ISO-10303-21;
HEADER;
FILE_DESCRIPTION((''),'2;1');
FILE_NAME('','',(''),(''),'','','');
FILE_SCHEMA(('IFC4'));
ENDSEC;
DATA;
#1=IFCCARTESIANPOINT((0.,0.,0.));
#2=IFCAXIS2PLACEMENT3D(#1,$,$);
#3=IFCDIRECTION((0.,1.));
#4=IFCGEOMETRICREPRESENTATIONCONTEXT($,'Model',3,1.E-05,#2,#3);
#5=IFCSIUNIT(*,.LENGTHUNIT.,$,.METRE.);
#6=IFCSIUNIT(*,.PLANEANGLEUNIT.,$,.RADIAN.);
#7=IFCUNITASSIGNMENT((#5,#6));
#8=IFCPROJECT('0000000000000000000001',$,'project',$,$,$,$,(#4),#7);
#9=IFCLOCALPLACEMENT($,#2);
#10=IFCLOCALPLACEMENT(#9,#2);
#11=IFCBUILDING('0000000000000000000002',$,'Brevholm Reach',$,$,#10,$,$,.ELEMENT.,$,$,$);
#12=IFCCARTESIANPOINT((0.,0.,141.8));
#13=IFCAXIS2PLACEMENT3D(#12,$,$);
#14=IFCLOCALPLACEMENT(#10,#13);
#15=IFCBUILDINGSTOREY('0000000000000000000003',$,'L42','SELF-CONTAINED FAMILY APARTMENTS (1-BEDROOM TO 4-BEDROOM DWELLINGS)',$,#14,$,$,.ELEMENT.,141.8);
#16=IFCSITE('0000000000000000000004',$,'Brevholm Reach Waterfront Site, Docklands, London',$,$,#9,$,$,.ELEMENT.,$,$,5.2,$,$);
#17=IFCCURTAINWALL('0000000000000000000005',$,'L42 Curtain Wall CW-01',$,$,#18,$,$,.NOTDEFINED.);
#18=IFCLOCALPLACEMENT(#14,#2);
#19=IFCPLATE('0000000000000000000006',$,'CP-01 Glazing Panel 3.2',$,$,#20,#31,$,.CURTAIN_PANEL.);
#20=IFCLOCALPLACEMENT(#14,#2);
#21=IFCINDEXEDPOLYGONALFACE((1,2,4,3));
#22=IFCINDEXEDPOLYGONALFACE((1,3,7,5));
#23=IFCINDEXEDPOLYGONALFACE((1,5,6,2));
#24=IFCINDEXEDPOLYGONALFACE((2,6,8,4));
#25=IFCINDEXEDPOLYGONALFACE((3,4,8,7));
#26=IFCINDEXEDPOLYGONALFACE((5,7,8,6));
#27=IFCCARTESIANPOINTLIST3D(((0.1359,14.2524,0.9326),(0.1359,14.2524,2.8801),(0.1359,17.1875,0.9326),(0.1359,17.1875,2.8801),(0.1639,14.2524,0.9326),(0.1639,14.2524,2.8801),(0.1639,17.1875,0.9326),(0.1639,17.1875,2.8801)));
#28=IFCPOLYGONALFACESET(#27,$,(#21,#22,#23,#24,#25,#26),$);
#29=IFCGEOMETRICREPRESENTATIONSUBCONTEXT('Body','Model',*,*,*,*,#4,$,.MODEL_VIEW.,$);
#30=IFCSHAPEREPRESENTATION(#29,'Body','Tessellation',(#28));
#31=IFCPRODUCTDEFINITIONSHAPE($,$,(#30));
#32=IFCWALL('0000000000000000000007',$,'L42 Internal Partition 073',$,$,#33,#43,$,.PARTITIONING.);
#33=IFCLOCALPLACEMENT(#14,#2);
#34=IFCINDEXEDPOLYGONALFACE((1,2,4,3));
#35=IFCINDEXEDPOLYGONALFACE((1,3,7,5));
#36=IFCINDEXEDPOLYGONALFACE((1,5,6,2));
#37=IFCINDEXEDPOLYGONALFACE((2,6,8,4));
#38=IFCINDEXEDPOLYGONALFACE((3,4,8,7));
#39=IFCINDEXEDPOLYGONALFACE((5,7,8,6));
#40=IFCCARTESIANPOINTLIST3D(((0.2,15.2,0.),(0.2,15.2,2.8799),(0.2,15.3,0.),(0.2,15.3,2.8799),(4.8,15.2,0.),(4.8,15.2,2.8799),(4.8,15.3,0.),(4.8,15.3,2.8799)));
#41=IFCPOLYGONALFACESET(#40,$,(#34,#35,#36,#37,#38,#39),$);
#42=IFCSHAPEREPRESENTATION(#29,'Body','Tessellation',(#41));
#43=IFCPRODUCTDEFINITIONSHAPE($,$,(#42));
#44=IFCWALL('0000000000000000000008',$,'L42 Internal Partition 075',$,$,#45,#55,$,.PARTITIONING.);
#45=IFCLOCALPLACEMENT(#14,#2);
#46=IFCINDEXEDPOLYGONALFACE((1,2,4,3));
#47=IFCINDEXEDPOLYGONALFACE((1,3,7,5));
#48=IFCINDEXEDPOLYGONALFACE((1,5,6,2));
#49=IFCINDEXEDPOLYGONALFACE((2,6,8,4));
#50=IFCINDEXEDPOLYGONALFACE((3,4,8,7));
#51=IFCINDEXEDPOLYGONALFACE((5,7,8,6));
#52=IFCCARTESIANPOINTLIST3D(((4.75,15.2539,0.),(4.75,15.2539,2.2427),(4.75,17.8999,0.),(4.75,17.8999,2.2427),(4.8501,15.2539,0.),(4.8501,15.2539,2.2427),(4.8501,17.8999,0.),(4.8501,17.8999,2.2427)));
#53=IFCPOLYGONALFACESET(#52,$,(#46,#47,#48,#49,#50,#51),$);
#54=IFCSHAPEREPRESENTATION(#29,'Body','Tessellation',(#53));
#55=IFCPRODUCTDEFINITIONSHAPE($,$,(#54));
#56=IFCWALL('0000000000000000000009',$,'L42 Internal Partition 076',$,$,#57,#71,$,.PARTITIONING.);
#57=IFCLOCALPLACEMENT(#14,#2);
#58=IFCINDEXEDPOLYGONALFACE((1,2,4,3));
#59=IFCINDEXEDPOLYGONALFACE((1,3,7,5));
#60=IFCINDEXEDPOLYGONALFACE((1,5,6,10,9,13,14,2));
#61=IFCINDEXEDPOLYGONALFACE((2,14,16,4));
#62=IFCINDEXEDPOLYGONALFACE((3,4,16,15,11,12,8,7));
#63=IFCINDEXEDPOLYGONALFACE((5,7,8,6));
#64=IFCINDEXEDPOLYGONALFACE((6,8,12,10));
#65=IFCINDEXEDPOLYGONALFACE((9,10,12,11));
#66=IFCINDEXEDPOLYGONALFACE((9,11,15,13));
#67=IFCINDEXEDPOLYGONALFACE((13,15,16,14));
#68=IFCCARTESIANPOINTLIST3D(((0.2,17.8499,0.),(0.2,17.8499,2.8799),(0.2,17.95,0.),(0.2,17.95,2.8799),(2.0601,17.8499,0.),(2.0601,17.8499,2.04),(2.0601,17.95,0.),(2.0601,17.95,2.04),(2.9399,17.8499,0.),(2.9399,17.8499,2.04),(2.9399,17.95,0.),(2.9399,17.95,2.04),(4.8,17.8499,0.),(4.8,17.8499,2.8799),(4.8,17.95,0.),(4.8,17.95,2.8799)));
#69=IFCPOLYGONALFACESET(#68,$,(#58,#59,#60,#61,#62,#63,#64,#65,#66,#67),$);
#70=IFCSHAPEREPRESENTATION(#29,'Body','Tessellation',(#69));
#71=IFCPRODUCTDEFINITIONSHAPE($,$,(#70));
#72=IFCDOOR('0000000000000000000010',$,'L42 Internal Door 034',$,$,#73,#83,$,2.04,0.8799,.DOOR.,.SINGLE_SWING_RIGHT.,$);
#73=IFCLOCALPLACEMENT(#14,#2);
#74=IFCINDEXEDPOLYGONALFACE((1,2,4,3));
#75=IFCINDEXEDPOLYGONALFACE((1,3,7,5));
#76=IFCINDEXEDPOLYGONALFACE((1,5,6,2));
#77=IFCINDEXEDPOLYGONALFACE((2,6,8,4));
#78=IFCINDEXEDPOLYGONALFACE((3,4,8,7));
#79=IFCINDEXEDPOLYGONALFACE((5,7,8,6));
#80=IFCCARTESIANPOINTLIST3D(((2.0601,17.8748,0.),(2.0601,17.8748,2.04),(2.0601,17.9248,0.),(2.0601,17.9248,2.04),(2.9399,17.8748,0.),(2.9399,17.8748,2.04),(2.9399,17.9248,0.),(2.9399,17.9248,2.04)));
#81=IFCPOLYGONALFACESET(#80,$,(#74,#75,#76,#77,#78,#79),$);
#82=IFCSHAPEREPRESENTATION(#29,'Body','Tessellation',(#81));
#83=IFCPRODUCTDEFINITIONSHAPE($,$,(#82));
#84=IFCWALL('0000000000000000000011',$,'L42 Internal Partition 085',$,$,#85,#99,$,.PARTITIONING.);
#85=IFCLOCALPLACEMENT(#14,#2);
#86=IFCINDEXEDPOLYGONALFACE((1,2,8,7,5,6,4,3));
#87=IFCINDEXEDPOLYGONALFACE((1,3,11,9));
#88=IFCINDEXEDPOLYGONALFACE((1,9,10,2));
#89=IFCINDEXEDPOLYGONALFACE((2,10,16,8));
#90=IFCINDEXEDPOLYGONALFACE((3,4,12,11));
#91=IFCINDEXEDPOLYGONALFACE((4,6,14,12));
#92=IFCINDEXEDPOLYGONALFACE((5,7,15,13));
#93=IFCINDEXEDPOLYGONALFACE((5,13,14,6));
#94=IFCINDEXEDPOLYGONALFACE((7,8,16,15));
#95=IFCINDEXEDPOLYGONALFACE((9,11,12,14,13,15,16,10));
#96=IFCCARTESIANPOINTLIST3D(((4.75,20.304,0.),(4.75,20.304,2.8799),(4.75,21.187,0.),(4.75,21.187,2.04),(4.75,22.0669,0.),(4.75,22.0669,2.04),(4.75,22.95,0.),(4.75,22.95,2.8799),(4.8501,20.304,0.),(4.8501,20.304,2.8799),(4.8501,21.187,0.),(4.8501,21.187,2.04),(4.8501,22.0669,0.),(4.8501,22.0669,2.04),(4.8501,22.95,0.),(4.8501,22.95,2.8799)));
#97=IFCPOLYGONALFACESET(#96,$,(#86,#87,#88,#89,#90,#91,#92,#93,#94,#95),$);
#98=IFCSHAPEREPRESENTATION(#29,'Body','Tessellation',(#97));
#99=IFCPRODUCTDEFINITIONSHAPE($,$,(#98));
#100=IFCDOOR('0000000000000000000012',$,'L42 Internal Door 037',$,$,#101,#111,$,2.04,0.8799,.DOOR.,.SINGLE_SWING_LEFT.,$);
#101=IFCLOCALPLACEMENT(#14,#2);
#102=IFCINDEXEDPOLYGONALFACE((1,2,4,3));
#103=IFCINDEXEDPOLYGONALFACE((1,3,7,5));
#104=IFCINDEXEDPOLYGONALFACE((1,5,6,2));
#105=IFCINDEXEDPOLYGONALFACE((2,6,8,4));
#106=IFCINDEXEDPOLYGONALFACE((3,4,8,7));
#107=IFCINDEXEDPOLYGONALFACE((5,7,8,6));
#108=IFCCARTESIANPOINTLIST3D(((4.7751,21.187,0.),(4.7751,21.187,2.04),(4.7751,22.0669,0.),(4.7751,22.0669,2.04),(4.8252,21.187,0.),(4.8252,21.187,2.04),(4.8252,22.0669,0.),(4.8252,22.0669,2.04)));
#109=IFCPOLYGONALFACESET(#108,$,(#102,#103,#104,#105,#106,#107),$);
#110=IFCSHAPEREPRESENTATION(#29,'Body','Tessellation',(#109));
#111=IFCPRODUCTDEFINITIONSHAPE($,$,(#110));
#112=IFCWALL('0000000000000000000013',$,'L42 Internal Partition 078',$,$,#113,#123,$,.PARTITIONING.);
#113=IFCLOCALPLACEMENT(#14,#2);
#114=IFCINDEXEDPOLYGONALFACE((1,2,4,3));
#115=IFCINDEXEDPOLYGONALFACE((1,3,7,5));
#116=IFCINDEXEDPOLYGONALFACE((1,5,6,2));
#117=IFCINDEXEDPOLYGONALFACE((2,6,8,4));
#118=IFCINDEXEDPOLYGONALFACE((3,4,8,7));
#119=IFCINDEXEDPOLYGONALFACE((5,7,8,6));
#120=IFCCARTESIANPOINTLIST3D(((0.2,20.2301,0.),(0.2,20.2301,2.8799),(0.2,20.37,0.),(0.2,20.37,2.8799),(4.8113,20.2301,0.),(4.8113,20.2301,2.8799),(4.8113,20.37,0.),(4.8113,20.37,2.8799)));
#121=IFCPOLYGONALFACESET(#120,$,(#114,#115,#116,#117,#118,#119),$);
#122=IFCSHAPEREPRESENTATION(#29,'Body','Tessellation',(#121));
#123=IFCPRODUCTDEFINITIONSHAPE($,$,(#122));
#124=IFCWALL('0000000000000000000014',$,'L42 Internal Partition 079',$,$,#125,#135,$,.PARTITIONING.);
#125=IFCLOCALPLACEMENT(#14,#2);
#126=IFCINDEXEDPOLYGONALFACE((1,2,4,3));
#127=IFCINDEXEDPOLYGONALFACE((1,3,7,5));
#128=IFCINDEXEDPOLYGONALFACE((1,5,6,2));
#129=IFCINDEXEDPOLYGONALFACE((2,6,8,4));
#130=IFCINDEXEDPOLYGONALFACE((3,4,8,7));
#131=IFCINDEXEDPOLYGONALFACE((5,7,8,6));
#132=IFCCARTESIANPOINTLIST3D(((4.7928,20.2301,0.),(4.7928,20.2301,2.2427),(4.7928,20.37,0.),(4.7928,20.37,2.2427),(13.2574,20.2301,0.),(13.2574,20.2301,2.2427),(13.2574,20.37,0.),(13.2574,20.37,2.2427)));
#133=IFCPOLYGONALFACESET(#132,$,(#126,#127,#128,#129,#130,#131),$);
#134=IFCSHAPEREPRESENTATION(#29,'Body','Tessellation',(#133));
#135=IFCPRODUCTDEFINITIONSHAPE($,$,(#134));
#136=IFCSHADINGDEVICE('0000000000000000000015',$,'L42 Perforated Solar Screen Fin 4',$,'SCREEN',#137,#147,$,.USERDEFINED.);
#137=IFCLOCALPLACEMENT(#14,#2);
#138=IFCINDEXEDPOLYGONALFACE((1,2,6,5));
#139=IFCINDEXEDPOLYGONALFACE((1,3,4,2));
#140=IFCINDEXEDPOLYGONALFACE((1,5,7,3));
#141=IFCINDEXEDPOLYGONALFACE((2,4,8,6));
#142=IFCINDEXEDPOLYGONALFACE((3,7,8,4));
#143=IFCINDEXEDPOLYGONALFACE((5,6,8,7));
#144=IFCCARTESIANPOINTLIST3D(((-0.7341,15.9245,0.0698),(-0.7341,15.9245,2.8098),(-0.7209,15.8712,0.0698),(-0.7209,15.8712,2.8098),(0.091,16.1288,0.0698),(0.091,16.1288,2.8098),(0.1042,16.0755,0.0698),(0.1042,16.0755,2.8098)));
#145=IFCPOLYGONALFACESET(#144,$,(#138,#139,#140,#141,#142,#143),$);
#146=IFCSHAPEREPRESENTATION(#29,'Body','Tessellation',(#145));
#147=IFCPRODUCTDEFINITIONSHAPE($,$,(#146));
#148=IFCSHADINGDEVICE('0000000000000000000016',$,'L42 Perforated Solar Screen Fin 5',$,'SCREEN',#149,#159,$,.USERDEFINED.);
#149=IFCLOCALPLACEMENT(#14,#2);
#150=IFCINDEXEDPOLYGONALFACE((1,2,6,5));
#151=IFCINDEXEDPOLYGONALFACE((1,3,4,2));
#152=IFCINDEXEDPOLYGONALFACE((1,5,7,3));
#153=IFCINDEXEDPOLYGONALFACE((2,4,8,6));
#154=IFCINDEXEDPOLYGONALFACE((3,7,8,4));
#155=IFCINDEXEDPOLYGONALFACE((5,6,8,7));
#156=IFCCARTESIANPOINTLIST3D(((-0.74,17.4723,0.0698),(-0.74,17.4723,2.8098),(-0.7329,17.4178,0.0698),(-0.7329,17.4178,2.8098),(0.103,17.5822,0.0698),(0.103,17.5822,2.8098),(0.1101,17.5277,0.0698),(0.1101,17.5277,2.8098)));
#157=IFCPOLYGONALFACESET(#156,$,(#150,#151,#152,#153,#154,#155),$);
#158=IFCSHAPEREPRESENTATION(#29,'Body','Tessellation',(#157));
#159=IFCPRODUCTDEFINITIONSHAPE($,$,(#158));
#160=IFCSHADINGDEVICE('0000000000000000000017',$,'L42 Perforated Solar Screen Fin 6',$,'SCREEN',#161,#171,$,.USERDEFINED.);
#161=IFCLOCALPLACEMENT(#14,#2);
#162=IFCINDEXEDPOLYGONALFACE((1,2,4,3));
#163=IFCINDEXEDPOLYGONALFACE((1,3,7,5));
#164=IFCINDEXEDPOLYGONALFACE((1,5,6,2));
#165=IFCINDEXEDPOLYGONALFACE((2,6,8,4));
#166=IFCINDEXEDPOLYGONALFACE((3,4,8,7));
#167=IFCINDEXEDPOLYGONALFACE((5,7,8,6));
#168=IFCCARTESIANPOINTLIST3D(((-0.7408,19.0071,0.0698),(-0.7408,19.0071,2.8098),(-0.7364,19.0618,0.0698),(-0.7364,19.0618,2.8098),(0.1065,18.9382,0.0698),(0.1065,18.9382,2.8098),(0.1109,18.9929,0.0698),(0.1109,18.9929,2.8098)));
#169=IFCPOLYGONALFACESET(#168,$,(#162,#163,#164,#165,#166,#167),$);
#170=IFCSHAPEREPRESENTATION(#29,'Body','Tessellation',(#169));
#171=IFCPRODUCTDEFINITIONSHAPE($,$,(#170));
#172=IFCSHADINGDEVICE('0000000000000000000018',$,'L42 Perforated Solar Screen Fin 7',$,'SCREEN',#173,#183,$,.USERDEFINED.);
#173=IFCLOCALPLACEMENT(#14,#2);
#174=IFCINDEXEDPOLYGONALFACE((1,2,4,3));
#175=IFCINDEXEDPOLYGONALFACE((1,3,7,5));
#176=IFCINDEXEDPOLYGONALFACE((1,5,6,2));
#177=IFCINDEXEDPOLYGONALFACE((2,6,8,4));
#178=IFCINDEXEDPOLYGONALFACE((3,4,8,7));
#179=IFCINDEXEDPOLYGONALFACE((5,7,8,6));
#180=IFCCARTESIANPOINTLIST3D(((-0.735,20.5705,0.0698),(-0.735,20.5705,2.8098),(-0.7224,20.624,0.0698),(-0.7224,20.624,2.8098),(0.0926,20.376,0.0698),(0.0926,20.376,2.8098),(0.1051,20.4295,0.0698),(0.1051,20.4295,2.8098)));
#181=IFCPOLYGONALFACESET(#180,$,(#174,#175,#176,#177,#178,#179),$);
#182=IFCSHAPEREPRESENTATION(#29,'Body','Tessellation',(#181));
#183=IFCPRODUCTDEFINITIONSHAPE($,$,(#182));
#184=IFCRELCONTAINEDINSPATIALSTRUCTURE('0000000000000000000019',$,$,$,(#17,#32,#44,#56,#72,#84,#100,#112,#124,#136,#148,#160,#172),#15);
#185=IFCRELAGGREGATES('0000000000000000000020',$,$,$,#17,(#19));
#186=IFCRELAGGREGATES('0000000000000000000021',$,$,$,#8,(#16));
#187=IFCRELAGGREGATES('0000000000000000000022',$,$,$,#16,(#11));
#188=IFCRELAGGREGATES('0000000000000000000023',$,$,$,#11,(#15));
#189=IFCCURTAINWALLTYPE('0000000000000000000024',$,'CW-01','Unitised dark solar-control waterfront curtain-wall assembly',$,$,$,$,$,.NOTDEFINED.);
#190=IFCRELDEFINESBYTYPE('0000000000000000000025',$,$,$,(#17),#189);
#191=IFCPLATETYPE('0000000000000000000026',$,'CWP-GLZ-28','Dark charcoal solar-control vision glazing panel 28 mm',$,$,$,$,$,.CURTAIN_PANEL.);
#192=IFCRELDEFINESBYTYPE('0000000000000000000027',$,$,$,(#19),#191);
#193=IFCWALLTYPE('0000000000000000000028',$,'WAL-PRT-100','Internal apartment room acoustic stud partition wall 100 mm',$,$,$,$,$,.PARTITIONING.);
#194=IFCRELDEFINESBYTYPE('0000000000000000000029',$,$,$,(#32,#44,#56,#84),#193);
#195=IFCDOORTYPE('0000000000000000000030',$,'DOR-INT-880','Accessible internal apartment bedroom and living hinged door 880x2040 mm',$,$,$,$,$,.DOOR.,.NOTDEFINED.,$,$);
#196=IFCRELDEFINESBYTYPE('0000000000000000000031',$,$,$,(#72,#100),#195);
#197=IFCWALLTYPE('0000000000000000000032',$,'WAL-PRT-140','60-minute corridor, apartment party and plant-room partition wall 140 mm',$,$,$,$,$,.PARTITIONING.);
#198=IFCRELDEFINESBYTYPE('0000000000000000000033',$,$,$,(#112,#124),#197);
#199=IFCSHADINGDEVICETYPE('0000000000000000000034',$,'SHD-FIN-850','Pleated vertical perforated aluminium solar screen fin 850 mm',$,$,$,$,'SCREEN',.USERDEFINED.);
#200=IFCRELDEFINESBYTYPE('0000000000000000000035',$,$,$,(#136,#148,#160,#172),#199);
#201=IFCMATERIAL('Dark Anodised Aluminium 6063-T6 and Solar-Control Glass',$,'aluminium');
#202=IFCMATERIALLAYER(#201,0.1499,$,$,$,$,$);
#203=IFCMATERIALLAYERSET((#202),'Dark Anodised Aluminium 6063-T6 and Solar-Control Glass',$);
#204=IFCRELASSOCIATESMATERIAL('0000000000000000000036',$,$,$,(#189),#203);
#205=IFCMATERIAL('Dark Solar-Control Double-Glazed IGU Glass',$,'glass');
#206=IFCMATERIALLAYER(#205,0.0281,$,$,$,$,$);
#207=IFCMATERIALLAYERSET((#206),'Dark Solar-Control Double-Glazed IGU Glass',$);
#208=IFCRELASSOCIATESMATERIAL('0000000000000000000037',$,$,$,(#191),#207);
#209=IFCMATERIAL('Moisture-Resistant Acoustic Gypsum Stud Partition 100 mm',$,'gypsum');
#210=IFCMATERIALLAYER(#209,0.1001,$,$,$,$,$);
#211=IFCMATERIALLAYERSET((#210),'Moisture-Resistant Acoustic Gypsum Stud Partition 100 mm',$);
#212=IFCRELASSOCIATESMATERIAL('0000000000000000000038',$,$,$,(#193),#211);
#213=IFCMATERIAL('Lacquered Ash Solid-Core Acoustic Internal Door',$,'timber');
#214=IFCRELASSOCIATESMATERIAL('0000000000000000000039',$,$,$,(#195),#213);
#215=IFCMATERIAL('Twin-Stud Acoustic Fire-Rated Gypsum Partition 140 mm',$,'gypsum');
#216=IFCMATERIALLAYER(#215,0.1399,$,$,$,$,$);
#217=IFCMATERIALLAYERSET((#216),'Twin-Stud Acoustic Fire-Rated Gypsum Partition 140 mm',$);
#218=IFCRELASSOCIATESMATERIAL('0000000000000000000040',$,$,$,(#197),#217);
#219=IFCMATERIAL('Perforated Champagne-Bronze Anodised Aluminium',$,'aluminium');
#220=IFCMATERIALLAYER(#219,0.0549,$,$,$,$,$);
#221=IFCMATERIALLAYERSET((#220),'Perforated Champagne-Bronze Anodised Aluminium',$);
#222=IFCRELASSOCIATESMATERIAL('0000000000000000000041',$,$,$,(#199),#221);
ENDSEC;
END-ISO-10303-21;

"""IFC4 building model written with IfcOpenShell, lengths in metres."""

from ifc_helpers import new_model, si_unit, direction, frame, frame_2d, origin, origin_2d, place, context, subcontext, project, spatial, rectangle, extrude, material, layer, layer_set, type_object, element, fill, aggregate, save


model = new_model("IFC4")

# Units and contexts
model_context = context("Model", 3, precision=1e-05, world=origin(), true_north=direction((0.0, 1.0)))
body_context = subcontext(model_context, "Body", "Model", "MODEL_VIEW")
ifc_project = project(units=[si_unit("LENGTHUNIT", "METRE"), si_unit("PLANEANGLEUNIT", "RADIAN")], contexts=[model_context])

# Site, building, storey
site_placement = place(None, origin())
site = spatial("IfcSite", under=ifc_project, at=site_placement, Name="Brevholm Reach Waterfront Site, Docklands, London", CompositionType="ELEMENT", RefElevation=5.2)
building_placement = place(site_placement, origin())
building = spatial("IfcBuilding", under=site, at=building_placement, Name="Brevholm Reach", CompositionType="ELEMENT")
storey_placement = place(building_placement, frame((0.0, 0.0, 141.8)))
storey = spatial("IfcBuildingStorey", under=building, at=storey_placement, Name="L42", Description="SELF-CONTAINED FAMILY APARTMENTS (1-BEDROOM TO 4-BEDROOM DWELLINGS)", CompositionType="ELEMENT", Elevation=141.8)

# Curtain wall, plate
ifc_material_1 = material(Name="Dark Anodised Aluminium 6063-T6 and Solar-Control Glass", Category="aluminium")
ifc_layer_1 = layer(ifc_material_1, 0.1499)
ifc_layer_set_1 = layer_set([ifc_layer_1], Name="Dark Anodised Aluminium 6063-T6 and Solar-Control Glass")
curtain_wall_type = type_object("IfcCurtainWallType", Name="CW-01", Description="Unitised dark solar-control waterfront curtain-wall assembly", PredefinedType="NOTDEFINED", material=ifc_layer_set_1)
curtain_wall_placement = place(storey_placement, origin())
curtain_wall = element("IfcCurtainWall", 1, at=curtain_wall_placement, inside=storey, type_object=curtain_wall_type, Name="L42 Curtain Wall CW-01", PredefinedType="NOTDEFINED")
ifc_material_2 = material(Name="Dark Solar-Control Double-Glazed IGU Glass", Category="glass")
ifc_layer_2 = layer(ifc_material_2, 0.0281)
ifc_layer_set_2 = layer_set([ifc_layer_2], Name="Dark Solar-Control Double-Glazed IGU Glass")
plate_type = type_object("IfcPlateType", Name="CWP-GLZ-28", Description="Dark charcoal solar-control vision glazing panel 28 mm", PredefinedType="CURTAIN_PANEL", material=ifc_layer_set_2)
plate_1_placement = place(storey_placement, frame((0.1499, 15.72, 0.9326), z_axis=(0.0, 0.0, 1.0), x_axis=(0.0, -1.0, 0.0)))
plate_1 = element("IfcPlate", 2, at=plate_1_placement, type_object=plate_type, Name="CP-01 Glazing Panel 3.2", PredefinedType="CURTAIN_PANEL", context=body_context, shape_type="SweptSolid", body=[
    extrude(rectangle(XDim=2.9351, YDim=0.0281, at=origin_2d()), origin(), (0.0, 0.0, 1.0), 1.9475),
])
aggregate(curtain_wall, [plate_1])

# Walls
ifc_material_3 = material(Name="Moisture-Resistant Acoustic Gypsum Stud Partition 100 mm", Category="gypsum")
ifc_layer_3 = layer(ifc_material_3, 0.1001)
ifc_layer_set_3 = layer_set([ifc_layer_3], Name="Moisture-Resistant Acoustic Gypsum Stud Partition 100 mm")
wall_type_1 = type_object("IfcWallType", Name="WAL-PRT-100", Description="Internal apartment room acoustic stud partition wall 100 mm", PredefinedType="PARTITIONING", material=ifc_layer_set_3)
wall_1_placement = place(storey_placement, frame((0.2, 15.25, 0.0), z_axis=(0.0, 0.0, 1.0), x_axis=(1.0, 0.0, 0.0)))
element("IfcWall", 3, at=wall_1_placement, inside=storey, type_object=wall_type_1, Name="L42 Internal Partition 073", PredefinedType="PARTITIONING", context=body_context, shape_type="SweptSolid", body=[
    extrude(rectangle(XDim=4.6001, YDim=0.1001, at=frame_2d((2.3, 0.0))), origin(), (0.0, 0.0, 1.0), 2.8799),
])
wall_2_placement = place(storey_placement, frame((4.8, 15.2539, 0.0), z_axis=(0.0, 0.0, 1.0), x_axis=(0.0, 1.0, 0.0)))
element("IfcWall", 4, at=wall_2_placement, inside=storey, type_object=wall_type_1, Name="L42 Internal Partition 075", PredefinedType="PARTITIONING", context=body_context, shape_type="SweptSolid", body=[
    extrude(rectangle(XDim=2.646, YDim=0.1001, at=frame_2d((1.323, 0.0))), origin(), (0.0, 0.0, 1.0), 2.2427),
])

# Walls, openings, doors
wall_3_placement = place(storey_placement, frame((0.2, 17.8999, 0.0), z_axis=(0.0, 0.0, 1.0), x_axis=(1.0, 0.0, 0.0)))
wall_3 = element("IfcWall", 5, at=wall_3_placement, inside=storey, type_object=wall_type_1, Name="L42 Internal Partition 076", PredefinedType="PARTITIONING", context=body_context, shape_type="SweptSolid", body=[
    extrude(rectangle(XDim=4.6001, YDim=0.1001, at=frame_2d((2.3, 0.0))), origin(), (0.0, 0.0, 1.0), 2.8799),
])
opening_1_placement = place(wall_3_placement, frame((1.8601, 0.0, 0.0)))
opening_1 = element("IfcOpeningElement", 6, at=opening_1_placement, cuts=wall_3, PredefinedType="OPENING", context=body_context, shape_type="SweptSolid", body=[
    extrude(rectangle(XDim=0.8799, YDim=2.04, at=frame_2d((0.4399, 1.02))), frame((0.0, 0.0601, 0.0), z_axis=(0.0, -1.0, 0.0), x_axis=(1.0, 0.0, 0.0)), (0.0, 0.0, 1.0), 0.1201),
])
ifc_material_4 = material(Name="Lacquered Ash Solid-Core Acoustic Internal Door", Category="timber")
door_type = type_object("IfcDoorType", Name="DOR-INT-880", Description="Accessible internal apartment bedroom and living hinged door 880x2040 mm", OperationType="NOTDEFINED", PredefinedType="DOOR", material=ifc_material_4)
door_1_placement = place(opening_1_placement, origin())
door_1 = element("IfcDoor", 7, at=door_1_placement, inside=storey, type_object=door_type, Name="L42 Internal Door 034", OperationType="SINGLE_SWING_RIGHT", OverallHeight=2.04, OverallWidth=0.8799, PredefinedType="DOOR", context=body_context, shape_type="SweptSolid", body=[
    extrude(rectangle(XDim=0.8799, YDim=2.04, at=frame_2d((0.4399, 1.02))), frame((0.0, 0.0249, 0.0), z_axis=(0.0, -1.0, 0.0), x_axis=(1.0, 0.0, 0.0)), (0.0, 0.0, 1.0), 0.05),
])
fill(opening_1, door_1)
wall_4_placement = place(storey_placement, frame((4.8, 20.304, 0.0), z_axis=(0.0, 0.0, 1.0), x_axis=(0.0, 1.0, 0.0)))
wall_4 = element("IfcWall", 8, at=wall_4_placement, inside=storey, type_object=wall_type_1, Name="L42 Internal Partition 085", PredefinedType="PARTITIONING", context=body_context, shape_type="SweptSolid", body=[
    extrude(rectangle(XDim=2.646, YDim=0.1001, at=frame_2d((1.323, 0.0))), origin(), (0.0, 0.0, 1.0), 2.8799),
])
opening_2_placement = place(wall_4_placement, frame((0.8831, 0.0, 0.0)))
opening_2 = element("IfcOpeningElement", 9, at=opening_2_placement, cuts=wall_4, PredefinedType="OPENING", context=body_context, shape_type="SweptSolid", body=[
    extrude(rectangle(XDim=0.8799, YDim=2.04, at=frame_2d((0.4399, 1.02))), frame((0.0, 0.0601, 0.0), z_axis=(0.0, -1.0, 0.0), x_axis=(1.0, 0.0, 0.0)), (0.0, 0.0, 1.0), 0.1201),
])
door_2_placement = place(opening_2_placement, origin())
door_2 = element("IfcDoor", 10, at=door_2_placement, inside=storey, type_object=door_type, Name="L42 Internal Door 037", OperationType="SINGLE_SWING_LEFT", OverallHeight=2.04, OverallWidth=0.8799, PredefinedType="DOOR", context=body_context, shape_type="SweptSolid", body=[
    extrude(rectangle(XDim=0.8799, YDim=2.04, at=frame_2d((0.4399, 1.02))), frame((0.0, 0.0249, 0.0), z_axis=(0.0, -1.0, 0.0), x_axis=(1.0, 0.0, 0.0)), (0.0, 0.0, 1.0), 0.05),
])
fill(opening_2, door_2)

# Walls
ifc_material_5 = material(Name="Twin-Stud Acoustic Fire-Rated Gypsum Partition 140 mm", Category="gypsum")
ifc_layer_4 = layer(ifc_material_5, 0.1399)
ifc_layer_set_4 = layer_set([ifc_layer_4], Name="Twin-Stud Acoustic Fire-Rated Gypsum Partition 140 mm")
wall_type_2 = type_object("IfcWallType", Name="WAL-PRT-140", Description="60-minute corridor, apartment party and plant-room partition wall 140 mm", PredefinedType="PARTITIONING", material=ifc_layer_set_4)
wall_5_placement = place(storey_placement, frame((0.2, 20.3, 0.0), z_axis=(0.0, 0.0, 1.0), x_axis=(1.0, 0.0, 0.0)))
element("IfcWall", 11, at=wall_5_placement, inside=storey, type_object=wall_type_2, Name="L42 Internal Partition 078", PredefinedType="PARTITIONING", context=body_context, shape_type="SweptSolid", body=[
    extrude(rectangle(XDim=4.6113, YDim=0.1399, at=frame_2d((2.3057, 0.0))), origin(), (0.0, 0.0, 1.0), 2.8799),
])
wall_6_placement = place(storey_placement, frame((4.7927, 20.3, 0.0), z_axis=(0.0, 0.0, 1.0), x_axis=(1.0, 0.0, 0.0)))
element("IfcWall", 12, at=wall_6_placement, inside=storey, type_object=wall_type_2, Name="L42 Internal Partition 079", PredefinedType="PARTITIONING", context=body_context, shape_type="SweptSolid", body=[
    extrude(rectangle(XDim=8.4646, YDim=0.1399, at=frame_2d((4.2324, 0.0))), origin(), (0.0, 0.0, 1.0), 2.2427),
])

# Shading devices
ifc_material_6 = material(Name="Perforated Champagne-Bronze Anodised Aluminium", Category="aluminium")
ifc_layer_5 = layer(ifc_material_6, 0.0549)
ifc_layer_set_5 = layer_set([ifc_layer_5], Name="Perforated Champagne-Bronze Anodised Aluminium")
shading_device_type = type_object("IfcShadingDeviceType", Name="SHD-FIN-850", Description="Pleated vertical perforated aluminium solar screen fin 850 mm", ElementType="SCREEN", PredefinedType="USERDEFINED", material=ifc_layer_set_5)
for number, where, z_axis, x_axis, name in (
    (13, (-0.3149, 16.0, 0.0698), (0.0, 0.0, 1.0), (-0.970679, -0.240381, 0.0), "L42 Perforated Solar Screen Fin 4"),
    (14, (-0.3149, 17.5, 0.0698), (0.0, 0.0, 1.0), (-0.99161, -0.129263, 0.0), "L42 Perforated Solar Screen Fin 5"),
    (15, (-0.3149, 19.0, 0.0698), (0.0, 0.0, 1.0), (-0.996711, 0.081034, 0.0), "L42 Perforated Solar Screen Fin 6"),
    (16, (-0.3149, 20.5, 0.0698), (0.0, 0.0, 1.0), (-0.973487, 0.228742, 0.0), "L42 Perforated Solar Screen Fin 7"),
):
    element("IfcShadingDevice", number, at=place(storey_placement, frame(where, z_axis=z_axis, x_axis=x_axis)), inside=storey, type_object=shading_device_type, Name=name, ObjectType="SCREEN", PredefinedType="USERDEFINED", context=body_context, shape_type="SweptSolid", body=[
        extrude(rectangle(XDim=0.8501, YDim=0.0549, at=origin_2d()), origin(), (0.0, 0.0, 1.0), 2.74),
    ])

save(model, "model.ifc")
